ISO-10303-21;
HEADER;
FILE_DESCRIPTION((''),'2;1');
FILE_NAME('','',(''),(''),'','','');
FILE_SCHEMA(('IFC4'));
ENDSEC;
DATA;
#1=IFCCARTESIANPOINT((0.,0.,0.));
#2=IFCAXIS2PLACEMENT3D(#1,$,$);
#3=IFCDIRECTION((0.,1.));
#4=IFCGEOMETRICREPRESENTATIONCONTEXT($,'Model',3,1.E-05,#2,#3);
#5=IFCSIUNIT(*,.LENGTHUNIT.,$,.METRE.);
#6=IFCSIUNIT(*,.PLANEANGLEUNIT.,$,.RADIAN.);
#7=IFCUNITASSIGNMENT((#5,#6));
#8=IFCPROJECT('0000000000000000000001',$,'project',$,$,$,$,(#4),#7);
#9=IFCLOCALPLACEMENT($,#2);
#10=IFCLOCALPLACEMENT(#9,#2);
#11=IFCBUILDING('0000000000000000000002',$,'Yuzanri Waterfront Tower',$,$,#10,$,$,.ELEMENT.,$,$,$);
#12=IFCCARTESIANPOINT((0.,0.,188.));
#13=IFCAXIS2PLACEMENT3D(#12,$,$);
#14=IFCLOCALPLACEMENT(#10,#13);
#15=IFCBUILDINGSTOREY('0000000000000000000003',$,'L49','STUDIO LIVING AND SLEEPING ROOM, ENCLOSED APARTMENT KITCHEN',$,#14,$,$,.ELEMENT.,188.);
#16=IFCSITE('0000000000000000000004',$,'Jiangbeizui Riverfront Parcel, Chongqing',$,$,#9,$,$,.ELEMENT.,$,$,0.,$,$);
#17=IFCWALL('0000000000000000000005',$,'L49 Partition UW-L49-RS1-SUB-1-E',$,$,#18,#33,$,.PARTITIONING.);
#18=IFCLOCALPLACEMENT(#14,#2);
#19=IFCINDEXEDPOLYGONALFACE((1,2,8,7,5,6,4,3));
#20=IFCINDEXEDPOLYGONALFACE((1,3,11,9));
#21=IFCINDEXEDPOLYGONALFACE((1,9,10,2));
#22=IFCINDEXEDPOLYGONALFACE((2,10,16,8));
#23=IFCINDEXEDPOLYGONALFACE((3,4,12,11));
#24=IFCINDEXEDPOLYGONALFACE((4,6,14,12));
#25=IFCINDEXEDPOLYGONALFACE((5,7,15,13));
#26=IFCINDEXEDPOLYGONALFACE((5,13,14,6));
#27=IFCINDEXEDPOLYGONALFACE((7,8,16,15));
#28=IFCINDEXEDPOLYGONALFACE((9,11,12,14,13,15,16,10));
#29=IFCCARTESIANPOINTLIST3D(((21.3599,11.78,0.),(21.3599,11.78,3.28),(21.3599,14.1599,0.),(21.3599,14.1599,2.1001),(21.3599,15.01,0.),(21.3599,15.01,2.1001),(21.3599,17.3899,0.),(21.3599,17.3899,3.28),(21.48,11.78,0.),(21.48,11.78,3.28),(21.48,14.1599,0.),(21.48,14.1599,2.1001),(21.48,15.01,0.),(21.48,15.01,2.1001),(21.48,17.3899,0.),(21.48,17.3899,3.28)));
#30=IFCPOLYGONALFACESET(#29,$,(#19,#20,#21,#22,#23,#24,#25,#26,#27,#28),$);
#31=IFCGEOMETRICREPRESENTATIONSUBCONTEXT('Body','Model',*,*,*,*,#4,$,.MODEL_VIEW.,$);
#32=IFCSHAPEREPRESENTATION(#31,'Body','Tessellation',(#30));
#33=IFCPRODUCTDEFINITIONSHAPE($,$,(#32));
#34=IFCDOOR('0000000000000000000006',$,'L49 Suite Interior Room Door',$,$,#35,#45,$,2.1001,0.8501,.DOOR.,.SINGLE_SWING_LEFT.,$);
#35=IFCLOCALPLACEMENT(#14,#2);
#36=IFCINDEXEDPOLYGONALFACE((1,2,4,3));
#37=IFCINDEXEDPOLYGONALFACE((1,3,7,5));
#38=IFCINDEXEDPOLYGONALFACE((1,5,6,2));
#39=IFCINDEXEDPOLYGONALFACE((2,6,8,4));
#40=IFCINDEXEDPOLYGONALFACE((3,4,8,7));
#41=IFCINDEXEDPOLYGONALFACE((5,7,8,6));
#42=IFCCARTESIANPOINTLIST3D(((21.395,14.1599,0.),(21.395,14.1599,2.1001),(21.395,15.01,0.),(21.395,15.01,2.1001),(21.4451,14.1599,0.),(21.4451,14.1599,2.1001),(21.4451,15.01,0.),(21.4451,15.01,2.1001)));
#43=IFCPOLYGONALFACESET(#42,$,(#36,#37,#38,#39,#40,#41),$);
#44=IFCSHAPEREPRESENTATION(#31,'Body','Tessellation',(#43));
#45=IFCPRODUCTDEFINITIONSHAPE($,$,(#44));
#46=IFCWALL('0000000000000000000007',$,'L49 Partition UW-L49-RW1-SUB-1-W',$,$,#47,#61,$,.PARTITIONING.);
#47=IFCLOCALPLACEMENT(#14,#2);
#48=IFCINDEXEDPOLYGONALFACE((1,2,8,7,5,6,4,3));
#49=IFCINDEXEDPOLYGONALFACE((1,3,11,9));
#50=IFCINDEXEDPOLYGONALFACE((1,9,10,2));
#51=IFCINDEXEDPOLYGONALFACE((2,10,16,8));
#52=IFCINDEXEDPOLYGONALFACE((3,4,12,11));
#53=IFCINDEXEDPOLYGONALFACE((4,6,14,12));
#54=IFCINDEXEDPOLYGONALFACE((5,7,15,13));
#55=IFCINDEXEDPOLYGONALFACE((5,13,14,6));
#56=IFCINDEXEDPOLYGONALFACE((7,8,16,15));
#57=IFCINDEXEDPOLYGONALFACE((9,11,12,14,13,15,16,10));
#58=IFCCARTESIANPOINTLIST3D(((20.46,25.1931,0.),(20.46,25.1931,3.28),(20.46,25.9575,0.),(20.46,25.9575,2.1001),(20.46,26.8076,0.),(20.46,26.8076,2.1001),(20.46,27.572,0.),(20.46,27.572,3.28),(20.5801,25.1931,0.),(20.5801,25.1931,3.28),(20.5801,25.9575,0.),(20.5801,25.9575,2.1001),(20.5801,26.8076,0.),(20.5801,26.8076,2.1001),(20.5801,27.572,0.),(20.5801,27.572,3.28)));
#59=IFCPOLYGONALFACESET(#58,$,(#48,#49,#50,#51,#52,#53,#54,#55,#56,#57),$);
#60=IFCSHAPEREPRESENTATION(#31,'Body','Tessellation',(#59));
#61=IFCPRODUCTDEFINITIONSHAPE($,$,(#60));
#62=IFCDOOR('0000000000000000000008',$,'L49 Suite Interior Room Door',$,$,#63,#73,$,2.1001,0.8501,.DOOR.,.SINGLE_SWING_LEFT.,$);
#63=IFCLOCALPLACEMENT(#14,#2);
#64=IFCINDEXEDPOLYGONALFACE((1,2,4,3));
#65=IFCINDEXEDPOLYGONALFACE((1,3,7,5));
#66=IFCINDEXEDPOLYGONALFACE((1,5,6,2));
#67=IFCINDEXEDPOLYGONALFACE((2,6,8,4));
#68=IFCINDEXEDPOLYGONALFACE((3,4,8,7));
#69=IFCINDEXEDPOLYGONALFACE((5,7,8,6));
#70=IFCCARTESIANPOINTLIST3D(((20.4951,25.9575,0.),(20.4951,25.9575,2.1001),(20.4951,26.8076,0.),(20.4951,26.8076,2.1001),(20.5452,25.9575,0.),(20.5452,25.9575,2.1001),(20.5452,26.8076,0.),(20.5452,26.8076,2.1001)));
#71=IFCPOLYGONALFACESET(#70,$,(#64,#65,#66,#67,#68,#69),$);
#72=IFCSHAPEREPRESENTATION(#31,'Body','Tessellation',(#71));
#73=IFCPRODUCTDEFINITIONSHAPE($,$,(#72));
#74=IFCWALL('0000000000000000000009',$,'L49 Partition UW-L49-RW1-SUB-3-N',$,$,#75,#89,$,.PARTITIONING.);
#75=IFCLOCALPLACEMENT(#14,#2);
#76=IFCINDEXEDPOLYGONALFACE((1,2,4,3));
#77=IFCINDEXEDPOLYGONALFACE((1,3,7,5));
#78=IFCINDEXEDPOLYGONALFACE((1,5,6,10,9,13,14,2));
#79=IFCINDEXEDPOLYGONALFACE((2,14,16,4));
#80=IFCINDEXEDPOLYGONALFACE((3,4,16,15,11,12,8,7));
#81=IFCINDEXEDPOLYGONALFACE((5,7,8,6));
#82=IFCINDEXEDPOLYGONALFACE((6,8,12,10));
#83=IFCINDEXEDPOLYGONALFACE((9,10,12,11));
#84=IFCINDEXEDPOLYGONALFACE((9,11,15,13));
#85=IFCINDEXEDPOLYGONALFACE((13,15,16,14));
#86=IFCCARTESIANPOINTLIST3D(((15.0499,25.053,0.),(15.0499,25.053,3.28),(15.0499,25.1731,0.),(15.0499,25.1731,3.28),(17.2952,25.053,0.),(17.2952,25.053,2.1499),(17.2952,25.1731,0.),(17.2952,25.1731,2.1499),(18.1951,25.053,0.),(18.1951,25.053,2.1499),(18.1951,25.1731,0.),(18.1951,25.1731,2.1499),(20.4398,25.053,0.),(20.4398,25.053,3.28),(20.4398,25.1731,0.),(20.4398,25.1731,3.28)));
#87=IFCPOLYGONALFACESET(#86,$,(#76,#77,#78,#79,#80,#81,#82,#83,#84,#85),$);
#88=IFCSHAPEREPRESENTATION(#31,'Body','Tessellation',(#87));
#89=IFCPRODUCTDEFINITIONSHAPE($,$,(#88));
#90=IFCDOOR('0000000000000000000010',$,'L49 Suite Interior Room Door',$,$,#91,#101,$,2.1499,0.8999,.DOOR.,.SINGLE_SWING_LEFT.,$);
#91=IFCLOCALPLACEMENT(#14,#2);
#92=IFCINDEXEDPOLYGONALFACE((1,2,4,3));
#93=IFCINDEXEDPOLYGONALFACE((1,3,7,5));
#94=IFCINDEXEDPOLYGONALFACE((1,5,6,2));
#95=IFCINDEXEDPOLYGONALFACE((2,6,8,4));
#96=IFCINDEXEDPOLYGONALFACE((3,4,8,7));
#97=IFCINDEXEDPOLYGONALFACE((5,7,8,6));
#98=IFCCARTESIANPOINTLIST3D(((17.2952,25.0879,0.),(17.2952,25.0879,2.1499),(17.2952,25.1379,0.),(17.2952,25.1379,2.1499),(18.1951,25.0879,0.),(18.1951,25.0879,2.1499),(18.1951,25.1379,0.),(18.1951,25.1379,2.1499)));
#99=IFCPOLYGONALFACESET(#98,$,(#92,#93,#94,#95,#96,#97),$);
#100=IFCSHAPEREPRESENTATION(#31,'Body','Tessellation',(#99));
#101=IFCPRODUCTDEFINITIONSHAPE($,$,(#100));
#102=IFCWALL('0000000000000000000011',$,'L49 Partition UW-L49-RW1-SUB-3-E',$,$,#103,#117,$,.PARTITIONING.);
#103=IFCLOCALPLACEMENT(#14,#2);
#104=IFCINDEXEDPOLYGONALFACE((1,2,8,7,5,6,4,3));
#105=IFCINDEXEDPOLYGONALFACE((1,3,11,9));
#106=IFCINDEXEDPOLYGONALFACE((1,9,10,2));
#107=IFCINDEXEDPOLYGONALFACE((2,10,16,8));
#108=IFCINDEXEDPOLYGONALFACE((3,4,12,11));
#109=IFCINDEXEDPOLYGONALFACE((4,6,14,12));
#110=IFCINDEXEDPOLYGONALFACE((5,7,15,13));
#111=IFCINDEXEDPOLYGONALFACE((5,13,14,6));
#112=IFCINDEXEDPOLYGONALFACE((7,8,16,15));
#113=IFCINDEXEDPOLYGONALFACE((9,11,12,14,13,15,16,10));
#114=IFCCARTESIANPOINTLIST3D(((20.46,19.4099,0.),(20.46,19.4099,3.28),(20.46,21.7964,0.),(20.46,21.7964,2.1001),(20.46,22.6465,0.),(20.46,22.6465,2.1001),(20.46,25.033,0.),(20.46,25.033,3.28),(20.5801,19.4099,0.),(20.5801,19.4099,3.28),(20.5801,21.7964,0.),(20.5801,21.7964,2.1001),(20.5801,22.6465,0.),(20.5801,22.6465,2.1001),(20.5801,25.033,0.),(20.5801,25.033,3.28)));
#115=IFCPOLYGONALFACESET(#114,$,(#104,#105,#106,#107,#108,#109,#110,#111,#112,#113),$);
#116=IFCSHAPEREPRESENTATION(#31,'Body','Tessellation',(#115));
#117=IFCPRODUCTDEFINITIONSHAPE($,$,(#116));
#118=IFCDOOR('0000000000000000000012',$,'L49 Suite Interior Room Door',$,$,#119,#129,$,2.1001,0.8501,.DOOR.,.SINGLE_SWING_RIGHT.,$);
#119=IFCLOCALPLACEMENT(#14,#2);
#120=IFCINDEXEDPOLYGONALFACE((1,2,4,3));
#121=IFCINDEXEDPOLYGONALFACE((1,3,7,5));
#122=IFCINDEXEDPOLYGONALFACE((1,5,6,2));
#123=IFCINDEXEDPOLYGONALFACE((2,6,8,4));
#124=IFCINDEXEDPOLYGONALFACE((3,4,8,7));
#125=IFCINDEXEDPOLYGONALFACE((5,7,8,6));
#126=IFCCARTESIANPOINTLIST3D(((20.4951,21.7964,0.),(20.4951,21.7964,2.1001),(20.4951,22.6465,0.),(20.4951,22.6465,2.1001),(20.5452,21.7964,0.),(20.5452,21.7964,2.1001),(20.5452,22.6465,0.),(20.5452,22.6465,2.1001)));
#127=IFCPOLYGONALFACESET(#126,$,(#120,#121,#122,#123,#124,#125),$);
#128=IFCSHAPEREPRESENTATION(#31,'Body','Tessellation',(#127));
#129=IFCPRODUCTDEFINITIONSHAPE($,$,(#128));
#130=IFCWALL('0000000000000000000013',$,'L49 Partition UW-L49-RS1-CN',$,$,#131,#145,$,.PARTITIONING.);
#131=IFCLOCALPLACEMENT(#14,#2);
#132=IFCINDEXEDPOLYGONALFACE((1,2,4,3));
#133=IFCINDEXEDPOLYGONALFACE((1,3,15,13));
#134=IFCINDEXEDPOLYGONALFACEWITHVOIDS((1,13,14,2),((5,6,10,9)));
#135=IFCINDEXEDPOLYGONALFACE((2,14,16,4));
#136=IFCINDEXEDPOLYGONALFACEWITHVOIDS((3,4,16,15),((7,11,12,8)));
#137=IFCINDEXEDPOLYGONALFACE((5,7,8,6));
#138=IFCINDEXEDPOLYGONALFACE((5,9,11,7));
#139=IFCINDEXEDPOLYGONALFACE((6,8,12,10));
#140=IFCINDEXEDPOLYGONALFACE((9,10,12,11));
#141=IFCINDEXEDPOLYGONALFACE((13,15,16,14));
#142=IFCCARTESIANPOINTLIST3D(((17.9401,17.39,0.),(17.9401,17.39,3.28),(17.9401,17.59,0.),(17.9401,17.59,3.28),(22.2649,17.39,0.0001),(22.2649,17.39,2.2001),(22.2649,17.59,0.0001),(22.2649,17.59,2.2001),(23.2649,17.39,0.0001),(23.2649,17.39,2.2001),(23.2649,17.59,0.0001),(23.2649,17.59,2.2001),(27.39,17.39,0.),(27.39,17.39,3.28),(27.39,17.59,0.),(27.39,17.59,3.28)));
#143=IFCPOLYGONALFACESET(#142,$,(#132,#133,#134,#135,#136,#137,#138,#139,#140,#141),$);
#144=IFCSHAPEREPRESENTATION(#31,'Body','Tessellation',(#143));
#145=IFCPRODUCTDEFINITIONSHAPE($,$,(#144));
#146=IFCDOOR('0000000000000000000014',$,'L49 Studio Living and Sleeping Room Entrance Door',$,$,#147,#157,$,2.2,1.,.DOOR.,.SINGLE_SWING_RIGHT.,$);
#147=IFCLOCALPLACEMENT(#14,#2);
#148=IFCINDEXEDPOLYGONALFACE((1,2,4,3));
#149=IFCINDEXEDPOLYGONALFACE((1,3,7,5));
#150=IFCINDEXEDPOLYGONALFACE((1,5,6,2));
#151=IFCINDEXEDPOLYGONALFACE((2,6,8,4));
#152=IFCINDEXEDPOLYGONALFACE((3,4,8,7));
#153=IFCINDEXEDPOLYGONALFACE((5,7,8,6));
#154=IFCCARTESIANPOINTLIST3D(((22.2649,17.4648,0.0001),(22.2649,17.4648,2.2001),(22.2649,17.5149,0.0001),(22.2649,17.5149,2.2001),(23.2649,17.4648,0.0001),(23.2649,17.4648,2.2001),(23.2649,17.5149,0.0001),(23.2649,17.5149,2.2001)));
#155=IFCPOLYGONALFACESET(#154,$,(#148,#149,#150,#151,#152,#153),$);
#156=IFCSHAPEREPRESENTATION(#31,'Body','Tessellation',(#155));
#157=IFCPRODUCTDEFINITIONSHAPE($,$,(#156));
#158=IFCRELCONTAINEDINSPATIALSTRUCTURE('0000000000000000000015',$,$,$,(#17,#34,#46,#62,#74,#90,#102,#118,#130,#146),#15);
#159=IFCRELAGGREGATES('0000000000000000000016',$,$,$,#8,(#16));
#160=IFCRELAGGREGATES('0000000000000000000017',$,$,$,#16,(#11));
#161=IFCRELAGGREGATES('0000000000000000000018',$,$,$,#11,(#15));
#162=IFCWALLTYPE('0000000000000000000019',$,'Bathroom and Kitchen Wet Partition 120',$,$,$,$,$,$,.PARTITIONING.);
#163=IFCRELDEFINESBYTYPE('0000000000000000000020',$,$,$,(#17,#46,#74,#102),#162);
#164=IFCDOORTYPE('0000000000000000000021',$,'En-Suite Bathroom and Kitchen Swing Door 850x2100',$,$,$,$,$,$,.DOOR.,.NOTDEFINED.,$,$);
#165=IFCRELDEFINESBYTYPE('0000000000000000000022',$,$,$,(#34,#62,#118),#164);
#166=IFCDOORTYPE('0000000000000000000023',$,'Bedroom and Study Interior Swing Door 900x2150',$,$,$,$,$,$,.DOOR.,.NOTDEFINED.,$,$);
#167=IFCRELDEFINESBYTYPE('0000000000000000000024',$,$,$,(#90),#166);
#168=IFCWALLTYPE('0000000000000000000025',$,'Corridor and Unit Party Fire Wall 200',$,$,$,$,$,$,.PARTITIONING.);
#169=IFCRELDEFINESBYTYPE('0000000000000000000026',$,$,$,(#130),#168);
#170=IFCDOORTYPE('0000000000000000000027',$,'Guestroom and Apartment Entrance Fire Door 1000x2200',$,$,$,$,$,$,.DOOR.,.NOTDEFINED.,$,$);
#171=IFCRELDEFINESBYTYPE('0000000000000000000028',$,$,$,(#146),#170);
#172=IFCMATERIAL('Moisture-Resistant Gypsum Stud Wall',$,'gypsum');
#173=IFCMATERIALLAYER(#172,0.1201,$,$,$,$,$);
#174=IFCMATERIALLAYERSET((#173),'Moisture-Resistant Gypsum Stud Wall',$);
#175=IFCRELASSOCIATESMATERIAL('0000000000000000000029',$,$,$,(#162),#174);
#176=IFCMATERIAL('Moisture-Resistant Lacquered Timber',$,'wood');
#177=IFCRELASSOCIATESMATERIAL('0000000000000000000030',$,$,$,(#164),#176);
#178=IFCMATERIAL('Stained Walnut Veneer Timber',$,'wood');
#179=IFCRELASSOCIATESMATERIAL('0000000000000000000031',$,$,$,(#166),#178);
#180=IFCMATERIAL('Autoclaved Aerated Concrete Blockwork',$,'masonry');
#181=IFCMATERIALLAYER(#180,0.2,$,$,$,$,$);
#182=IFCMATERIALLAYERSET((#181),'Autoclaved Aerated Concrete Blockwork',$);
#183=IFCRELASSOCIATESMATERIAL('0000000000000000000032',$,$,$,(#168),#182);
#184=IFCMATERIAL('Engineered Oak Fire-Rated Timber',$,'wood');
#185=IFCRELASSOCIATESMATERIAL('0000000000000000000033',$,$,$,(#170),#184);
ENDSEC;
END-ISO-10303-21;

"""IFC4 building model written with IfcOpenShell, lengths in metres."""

from ifc_helpers import new_model, si_unit, direction, frame, frame_2d, origin, place, context, subcontext, project, spatial, rectangle, extrude, source, transform, mapped, material, layer, layer_set, type_object, element, fill, save


model = new_model("IFC4")

# Units and contexts
model_context = context("Model", 3, precision=1e-05, world=origin(), true_north=direction((0.0, 1.0)))
body_context = subcontext(model_context, "Body", "Model", "MODEL_VIEW")
ifc_project = project(units=[si_unit("LENGTHUNIT", "METRE"), si_unit("PLANEANGLEUNIT", "RADIAN")], contexts=[model_context])

# Site, building, storey
site_placement = place(None, origin())
site = spatial("IfcSite", under=ifc_project, at=site_placement, Name="Jiangbeizui Riverfront Parcel, Chongqing", CompositionType="ELEMENT", RefElevation=0.0)
building_placement = place(site_placement, origin())
building = spatial("IfcBuilding", under=site, at=building_placement, Name="Yuzanri Waterfront Tower", CompositionType="ELEMENT")
storey_placement = place(building_placement, frame((0.0, 0.0, 188.0)))
storey = spatial("IfcBuildingStorey", under=building, at=storey_placement, Name="L49", Description="STUDIO LIVING AND SLEEPING ROOM, ENCLOSED APARTMENT KITCHEN", CompositionType="ELEMENT", Elevation=188.0)

# Walls, openings, doors
ifc_material_1 = material(Name="Moisture-Resistant Gypsum Stud Wall", Category="gypsum")
ifc_layer_1 = layer(ifc_material_1, 0.1201)
ifc_layer_set_1 = layer_set([ifc_layer_1], Name="Moisture-Resistant Gypsum Stud Wall")
wall_type_1 = type_object("IfcWallType", Name="Bathroom and Kitchen Wet Partition 120", PredefinedType="PARTITIONING", material=ifc_layer_set_1)
wall_1_placement = place(storey_placement, frame((21.4199, 11.78, 0.0), z_axis=(0.0, 0.0, 1.0), x_axis=(0.0, 1.0, 0.0)))
wall_1 = element("IfcWall", 1, at=wall_1_placement, inside=storey, type_object=wall_type_1, Name="L49 Partition UW-L49-RS1-SUB-1-E", PredefinedType="PARTITIONING", context=body_context, shape_type="SweptSolid", body=[
    extrude(rectangle(XDim=5.6099, YDim=0.1201, at=frame_2d((2.8049, 0.0))), origin(), (0.0, 0.0, 1.0), 3.28),
])
opening_1_placement = place(wall_1_placement, frame((2.3799, 0.0, 0.0)))
opening_1 = element("IfcOpeningElement", 2, at=opening_1_placement, cuts=wall_1, PredefinedType="OPENING", context=body_context, shape_type="SweptSolid", body=[
    extrude(rectangle(XDim=0.8501, YDim=2.1001, at=frame_2d((0.425, 1.05))), frame((0.0, 0.075, 0.0), z_axis=(0.0, -1.0, 0.0), x_axis=(1.0, 0.0, 0.0)), (0.0, 0.0, 1.0), 0.1499),
])
ifc_material_2 = material(Name="Moisture-Resistant Lacquered Timber", Category="wood")
door_type_1 = type_object("IfcDoorType", Name="En-Suite Bathroom and Kitchen Swing Door 850x2100", OperationType="NOTDEFINED", PredefinedType="DOOR", material=ifc_material_2)
shared_shape_1 = source(origin(), body_context, "Body", "SweptSolid", [
    extrude(rectangle(XDim=0.8501, YDim=2.1001, at=frame_2d((0.425, 1.05))), frame((0.0, 0.0249, 0.0), z_axis=(0.0, -1.0, 0.0), x_axis=(1.0, 0.0, 0.0)), (0.0, 0.0, 1.0), 0.05),
])
door_1_placement = place(opening_1_placement, origin())
door_1 = element("IfcDoor", 3, at=door_1_placement, inside=storey, type_object=door_type_1, Name="L49 Suite Interior Room Door", OperationType="SINGLE_SWING_LEFT", OverallHeight=2.1001, OverallWidth=0.8501, PredefinedType="DOOR", context=body_context, shape_type="MappedRepresentation", body=[
    mapped(shared_shape_1, transform((0.0, 0.0, 0.0), scale=1.0)),
])
fill(opening_1, door_1)
wall_2_placement = place(storey_placement, frame((20.52, 25.1931, 0.0), z_axis=(0.0, 0.0, 1.0), x_axis=(0.0, 1.0, 0.0)))
wall_2 = element("IfcWall", 4, at=wall_2_placement, inside=storey, type_object=wall_type_1, Name="L49 Partition UW-L49-RW1-SUB-1-W", PredefinedType="PARTITIONING", context=body_context, shape_type="SweptSolid", body=[
    extrude(rectangle(XDim=2.3789, YDim=0.1201, at=frame_2d((1.1895, 0.0))), origin(), (0.0, 0.0, 1.0), 3.28),
])
opening_2_placement = place(wall_2_placement, frame((0.7644, 0.0, 0.0)))
opening_2 = element("IfcOpeningElement", 5, at=opening_2_placement, cuts=wall_2, PredefinedType="OPENING", context=body_context, shape_type="SweptSolid", body=[
    extrude(rectangle(XDim=0.8501, YDim=2.1001, at=frame_2d((0.425, 1.05))), frame((0.0, 0.075, 0.0), z_axis=(0.0, -1.0, 0.0), x_axis=(1.0, 0.0, 0.0)), (0.0, 0.0, 1.0), 0.1499),
])
door_2_placement = place(opening_2_placement, origin())
door_2 = element("IfcDoor", 6, at=door_2_placement, inside=storey, type_object=door_type_1, Name="L49 Suite Interior Room Door", OperationType="SINGLE_SWING_LEFT", OverallHeight=2.1001, OverallWidth=0.8501, PredefinedType="DOOR", context=body_context, shape_type="MappedRepresentation", body=[
    mapped(shared_shape_1, transform((0.0, 0.0, 0.0), scale=1.0)),
])
fill(opening_2, door_2)
wall_3_placement = place(storey_placement, frame((15.05, 25.113, 0.0), z_axis=(0.0, 0.0, 1.0), x_axis=(1.0, 0.0, 0.0)))
wall_3 = element("IfcWall", 7, at=wall_3_placement, inside=storey, type_object=wall_type_1, Name="L49 Partition UW-L49-RW1-SUB-3-N", PredefinedType="PARTITIONING", context=body_context, shape_type="SweptSolid", body=[
    extrude(rectangle(XDim=5.3899, YDim=0.1201, at=frame_2d((2.6948, 0.0))), origin(), (0.0, 0.0, 1.0), 3.28),
])
opening_3_placement = place(wall_3_placement, frame((2.2451, 0.0, 0.0)))
opening_3 = element("IfcOpeningElement", 8, at=opening_3_placement, cuts=wall_3, PredefinedType="OPENING", context=body_context, shape_type="SweptSolid", body=[
    extrude(rectangle(XDim=0.8999, YDim=2.1499, at=frame_2d((0.45, 1.075))), frame((0.0, 0.075, 0.0), z_axis=(0.0, -1.0, 0.0), x_axis=(1.0, 0.0, 0.0)), (0.0, 0.0, 1.0), 0.1499),
])
ifc_material_3 = material(Name="Stained Walnut Veneer Timber", Category="wood")
door_type_2 = type_object("IfcDoorType", Name="Bedroom and Study Interior Swing Door 900x2150", OperationType="NOTDEFINED", PredefinedType="DOOR", material=ifc_material_3)
shared_shape_2 = source(origin(), body_context, "Body", "SweptSolid", [
    extrude(rectangle(XDim=0.8999, YDim=2.1499, at=frame_2d((0.45, 1.075))), frame((0.0, 0.0249, 0.0), z_axis=(0.0, -1.0, 0.0), x_axis=(1.0, 0.0, 0.0)), (0.0, 0.0, 1.0), 0.05),
])
door_3_placement = place(opening_3_placement, origin())
door_3 = element("IfcDoor", 9, at=door_3_placement, inside=storey, type_object=door_type_2, Name="L49 Suite Interior Room Door", OperationType="SINGLE_SWING_LEFT", OverallHeight=2.1499, OverallWidth=0.8999, PredefinedType="DOOR", context=body_context, shape_type="MappedRepresentation", body=[
    mapped(shared_shape_2, transform((0.0, 0.0, 0.0), scale=1.0)),
])
fill(opening_3, door_3)
wall_4_placement = place(storey_placement, frame((20.52, 19.4099, 0.0), z_axis=(0.0, 0.0, 1.0), x_axis=(0.0, 1.0, 0.0)))
wall_4 = element("IfcWall", 10, at=wall_4_placement, inside=storey, type_object=wall_type_1, Name="L49 Partition UW-L49-RW1-SUB-3-E", PredefinedType="PARTITIONING", context=body_context, shape_type="SweptSolid", body=[
    extrude(rectangle(XDim=5.623, YDim=0.1201, at=frame_2d((2.8115, 0.0))), origin(), (0.0, 0.0, 1.0), 3.28),
])
opening_4_placement = place(wall_4_placement, frame((2.3865, 0.0, 0.0)))
opening_4 = element("IfcOpeningElement", 11, at=opening_4_placement, cuts=wall_4, PredefinedType="OPENING", context=body_context, shape_type="SweptSolid", body=[
    extrude(rectangle(XDim=0.8501, YDim=2.1001, at=frame_2d((0.425, 1.05))), frame((0.0, 0.075, 0.0), z_axis=(0.0, -1.0, 0.0), x_axis=(1.0, 0.0, 0.0)), (0.0, 0.0, 1.0), 0.1499),
])
door_4_placement = place(opening_4_placement, origin())
door_4 = element("IfcDoor", 12, at=door_4_placement, inside=storey, type_object=door_type_1, Name="L49 Suite Interior Room Door", OperationType="SINGLE_SWING_RIGHT", OverallHeight=2.1001, OverallWidth=0.8501, PredefinedType="DOOR", context=body_context, shape_type="MappedRepresentation", body=[
    mapped(shared_shape_1, transform((0.0, 0.0, 0.0), scale=1.0)),
])
fill(opening_4, door_4)

# Wall, opening, door
ifc_material_4 = material(Name="Autoclaved Aerated Concrete Blockwork", Category="masonry")
ifc_layer_2 = layer(ifc_material_4, 0.2)
ifc_layer_set_2 = layer_set([ifc_layer_2], Name="Autoclaved Aerated Concrete Blockwork")
wall_type_2 = type_object("IfcWallType", Name="Corridor and Unit Party Fire Wall 200", PredefinedType="PARTITIONING", material=ifc_layer_set_2)
wall_5_placement = place(storey_placement, frame((17.9399, 17.49, 0.0), z_axis=(0.0, 0.0, 1.0), x_axis=(1.0, 0.0, 0.0)))
wall_5 = element("IfcWall", 13, at=wall_5_placement, inside=storey, type_object=wall_type_2, Name="L49 Partition UW-L49-RS1-CN", PredefinedType="PARTITIONING", context=body_context, shape_type="SweptSolid", body=[
    extrude(rectangle(XDim=9.45, YDim=0.2, at=frame_2d((4.7251, 0.0))), origin(), (0.0, 0.0, 1.0), 3.28),
])
opening_5_placement = place(wall_5_placement, frame((4.325, 0.0, 0.0)))
opening_5 = element("IfcOpeningElement", 14, at=opening_5_placement, cuts=wall_5, PredefinedType="OPENING", context=body_context, shape_type="SweptSolid", body=[
    extrude(rectangle(XDim=1.0, YDim=2.2, at=frame_2d((0.5, 1.1001))), frame((0.0, 0.1147, 0.0), z_axis=(0.0, -1.0, 0.0), x_axis=(1.0, 0.0, 0.0)), (0.0, 0.0, 1.0), 0.2297),
])
ifc_material_5 = material(Name="Engineered Oak Fire-Rated Timber", Category="wood")
door_type_3 = type_object("IfcDoorType", Name="Guestroom and Apartment Entrance Fire Door 1000x2200", OperationType="NOTDEFINED", PredefinedType="DOOR", material=ifc_material_5)
shared_shape_3 = source(origin(), body_context, "Body", "SweptSolid", [
    extrude(rectangle(XDim=1.0, YDim=2.2, at=frame_2d((0.5, 1.1001))), frame((0.0, 0.0249, 0.0), z_axis=(0.0, -1.0, 0.0), x_axis=(1.0, 0.0, 0.0)), (0.0, 0.0, 1.0), 0.05),
])
door_5_placement = place(opening_5_placement, origin())
door_5 = element("IfcDoor", 15, at=door_5_placement, inside=storey, type_object=door_type_3, Name="L49 Studio Living and Sleeping Room Entrance Door", OperationType="SINGLE_SWING_RIGHT", OverallHeight=2.2, OverallWidth=1.0, PredefinedType="DOOR", context=body_context, shape_type="MappedRepresentation", body=[
    mapped(shared_shape_3, transform((0.0, 0.0, 0.0), scale=1.0)),
])
fill(opening_5, door_5)

save(model, "model.ifc")
